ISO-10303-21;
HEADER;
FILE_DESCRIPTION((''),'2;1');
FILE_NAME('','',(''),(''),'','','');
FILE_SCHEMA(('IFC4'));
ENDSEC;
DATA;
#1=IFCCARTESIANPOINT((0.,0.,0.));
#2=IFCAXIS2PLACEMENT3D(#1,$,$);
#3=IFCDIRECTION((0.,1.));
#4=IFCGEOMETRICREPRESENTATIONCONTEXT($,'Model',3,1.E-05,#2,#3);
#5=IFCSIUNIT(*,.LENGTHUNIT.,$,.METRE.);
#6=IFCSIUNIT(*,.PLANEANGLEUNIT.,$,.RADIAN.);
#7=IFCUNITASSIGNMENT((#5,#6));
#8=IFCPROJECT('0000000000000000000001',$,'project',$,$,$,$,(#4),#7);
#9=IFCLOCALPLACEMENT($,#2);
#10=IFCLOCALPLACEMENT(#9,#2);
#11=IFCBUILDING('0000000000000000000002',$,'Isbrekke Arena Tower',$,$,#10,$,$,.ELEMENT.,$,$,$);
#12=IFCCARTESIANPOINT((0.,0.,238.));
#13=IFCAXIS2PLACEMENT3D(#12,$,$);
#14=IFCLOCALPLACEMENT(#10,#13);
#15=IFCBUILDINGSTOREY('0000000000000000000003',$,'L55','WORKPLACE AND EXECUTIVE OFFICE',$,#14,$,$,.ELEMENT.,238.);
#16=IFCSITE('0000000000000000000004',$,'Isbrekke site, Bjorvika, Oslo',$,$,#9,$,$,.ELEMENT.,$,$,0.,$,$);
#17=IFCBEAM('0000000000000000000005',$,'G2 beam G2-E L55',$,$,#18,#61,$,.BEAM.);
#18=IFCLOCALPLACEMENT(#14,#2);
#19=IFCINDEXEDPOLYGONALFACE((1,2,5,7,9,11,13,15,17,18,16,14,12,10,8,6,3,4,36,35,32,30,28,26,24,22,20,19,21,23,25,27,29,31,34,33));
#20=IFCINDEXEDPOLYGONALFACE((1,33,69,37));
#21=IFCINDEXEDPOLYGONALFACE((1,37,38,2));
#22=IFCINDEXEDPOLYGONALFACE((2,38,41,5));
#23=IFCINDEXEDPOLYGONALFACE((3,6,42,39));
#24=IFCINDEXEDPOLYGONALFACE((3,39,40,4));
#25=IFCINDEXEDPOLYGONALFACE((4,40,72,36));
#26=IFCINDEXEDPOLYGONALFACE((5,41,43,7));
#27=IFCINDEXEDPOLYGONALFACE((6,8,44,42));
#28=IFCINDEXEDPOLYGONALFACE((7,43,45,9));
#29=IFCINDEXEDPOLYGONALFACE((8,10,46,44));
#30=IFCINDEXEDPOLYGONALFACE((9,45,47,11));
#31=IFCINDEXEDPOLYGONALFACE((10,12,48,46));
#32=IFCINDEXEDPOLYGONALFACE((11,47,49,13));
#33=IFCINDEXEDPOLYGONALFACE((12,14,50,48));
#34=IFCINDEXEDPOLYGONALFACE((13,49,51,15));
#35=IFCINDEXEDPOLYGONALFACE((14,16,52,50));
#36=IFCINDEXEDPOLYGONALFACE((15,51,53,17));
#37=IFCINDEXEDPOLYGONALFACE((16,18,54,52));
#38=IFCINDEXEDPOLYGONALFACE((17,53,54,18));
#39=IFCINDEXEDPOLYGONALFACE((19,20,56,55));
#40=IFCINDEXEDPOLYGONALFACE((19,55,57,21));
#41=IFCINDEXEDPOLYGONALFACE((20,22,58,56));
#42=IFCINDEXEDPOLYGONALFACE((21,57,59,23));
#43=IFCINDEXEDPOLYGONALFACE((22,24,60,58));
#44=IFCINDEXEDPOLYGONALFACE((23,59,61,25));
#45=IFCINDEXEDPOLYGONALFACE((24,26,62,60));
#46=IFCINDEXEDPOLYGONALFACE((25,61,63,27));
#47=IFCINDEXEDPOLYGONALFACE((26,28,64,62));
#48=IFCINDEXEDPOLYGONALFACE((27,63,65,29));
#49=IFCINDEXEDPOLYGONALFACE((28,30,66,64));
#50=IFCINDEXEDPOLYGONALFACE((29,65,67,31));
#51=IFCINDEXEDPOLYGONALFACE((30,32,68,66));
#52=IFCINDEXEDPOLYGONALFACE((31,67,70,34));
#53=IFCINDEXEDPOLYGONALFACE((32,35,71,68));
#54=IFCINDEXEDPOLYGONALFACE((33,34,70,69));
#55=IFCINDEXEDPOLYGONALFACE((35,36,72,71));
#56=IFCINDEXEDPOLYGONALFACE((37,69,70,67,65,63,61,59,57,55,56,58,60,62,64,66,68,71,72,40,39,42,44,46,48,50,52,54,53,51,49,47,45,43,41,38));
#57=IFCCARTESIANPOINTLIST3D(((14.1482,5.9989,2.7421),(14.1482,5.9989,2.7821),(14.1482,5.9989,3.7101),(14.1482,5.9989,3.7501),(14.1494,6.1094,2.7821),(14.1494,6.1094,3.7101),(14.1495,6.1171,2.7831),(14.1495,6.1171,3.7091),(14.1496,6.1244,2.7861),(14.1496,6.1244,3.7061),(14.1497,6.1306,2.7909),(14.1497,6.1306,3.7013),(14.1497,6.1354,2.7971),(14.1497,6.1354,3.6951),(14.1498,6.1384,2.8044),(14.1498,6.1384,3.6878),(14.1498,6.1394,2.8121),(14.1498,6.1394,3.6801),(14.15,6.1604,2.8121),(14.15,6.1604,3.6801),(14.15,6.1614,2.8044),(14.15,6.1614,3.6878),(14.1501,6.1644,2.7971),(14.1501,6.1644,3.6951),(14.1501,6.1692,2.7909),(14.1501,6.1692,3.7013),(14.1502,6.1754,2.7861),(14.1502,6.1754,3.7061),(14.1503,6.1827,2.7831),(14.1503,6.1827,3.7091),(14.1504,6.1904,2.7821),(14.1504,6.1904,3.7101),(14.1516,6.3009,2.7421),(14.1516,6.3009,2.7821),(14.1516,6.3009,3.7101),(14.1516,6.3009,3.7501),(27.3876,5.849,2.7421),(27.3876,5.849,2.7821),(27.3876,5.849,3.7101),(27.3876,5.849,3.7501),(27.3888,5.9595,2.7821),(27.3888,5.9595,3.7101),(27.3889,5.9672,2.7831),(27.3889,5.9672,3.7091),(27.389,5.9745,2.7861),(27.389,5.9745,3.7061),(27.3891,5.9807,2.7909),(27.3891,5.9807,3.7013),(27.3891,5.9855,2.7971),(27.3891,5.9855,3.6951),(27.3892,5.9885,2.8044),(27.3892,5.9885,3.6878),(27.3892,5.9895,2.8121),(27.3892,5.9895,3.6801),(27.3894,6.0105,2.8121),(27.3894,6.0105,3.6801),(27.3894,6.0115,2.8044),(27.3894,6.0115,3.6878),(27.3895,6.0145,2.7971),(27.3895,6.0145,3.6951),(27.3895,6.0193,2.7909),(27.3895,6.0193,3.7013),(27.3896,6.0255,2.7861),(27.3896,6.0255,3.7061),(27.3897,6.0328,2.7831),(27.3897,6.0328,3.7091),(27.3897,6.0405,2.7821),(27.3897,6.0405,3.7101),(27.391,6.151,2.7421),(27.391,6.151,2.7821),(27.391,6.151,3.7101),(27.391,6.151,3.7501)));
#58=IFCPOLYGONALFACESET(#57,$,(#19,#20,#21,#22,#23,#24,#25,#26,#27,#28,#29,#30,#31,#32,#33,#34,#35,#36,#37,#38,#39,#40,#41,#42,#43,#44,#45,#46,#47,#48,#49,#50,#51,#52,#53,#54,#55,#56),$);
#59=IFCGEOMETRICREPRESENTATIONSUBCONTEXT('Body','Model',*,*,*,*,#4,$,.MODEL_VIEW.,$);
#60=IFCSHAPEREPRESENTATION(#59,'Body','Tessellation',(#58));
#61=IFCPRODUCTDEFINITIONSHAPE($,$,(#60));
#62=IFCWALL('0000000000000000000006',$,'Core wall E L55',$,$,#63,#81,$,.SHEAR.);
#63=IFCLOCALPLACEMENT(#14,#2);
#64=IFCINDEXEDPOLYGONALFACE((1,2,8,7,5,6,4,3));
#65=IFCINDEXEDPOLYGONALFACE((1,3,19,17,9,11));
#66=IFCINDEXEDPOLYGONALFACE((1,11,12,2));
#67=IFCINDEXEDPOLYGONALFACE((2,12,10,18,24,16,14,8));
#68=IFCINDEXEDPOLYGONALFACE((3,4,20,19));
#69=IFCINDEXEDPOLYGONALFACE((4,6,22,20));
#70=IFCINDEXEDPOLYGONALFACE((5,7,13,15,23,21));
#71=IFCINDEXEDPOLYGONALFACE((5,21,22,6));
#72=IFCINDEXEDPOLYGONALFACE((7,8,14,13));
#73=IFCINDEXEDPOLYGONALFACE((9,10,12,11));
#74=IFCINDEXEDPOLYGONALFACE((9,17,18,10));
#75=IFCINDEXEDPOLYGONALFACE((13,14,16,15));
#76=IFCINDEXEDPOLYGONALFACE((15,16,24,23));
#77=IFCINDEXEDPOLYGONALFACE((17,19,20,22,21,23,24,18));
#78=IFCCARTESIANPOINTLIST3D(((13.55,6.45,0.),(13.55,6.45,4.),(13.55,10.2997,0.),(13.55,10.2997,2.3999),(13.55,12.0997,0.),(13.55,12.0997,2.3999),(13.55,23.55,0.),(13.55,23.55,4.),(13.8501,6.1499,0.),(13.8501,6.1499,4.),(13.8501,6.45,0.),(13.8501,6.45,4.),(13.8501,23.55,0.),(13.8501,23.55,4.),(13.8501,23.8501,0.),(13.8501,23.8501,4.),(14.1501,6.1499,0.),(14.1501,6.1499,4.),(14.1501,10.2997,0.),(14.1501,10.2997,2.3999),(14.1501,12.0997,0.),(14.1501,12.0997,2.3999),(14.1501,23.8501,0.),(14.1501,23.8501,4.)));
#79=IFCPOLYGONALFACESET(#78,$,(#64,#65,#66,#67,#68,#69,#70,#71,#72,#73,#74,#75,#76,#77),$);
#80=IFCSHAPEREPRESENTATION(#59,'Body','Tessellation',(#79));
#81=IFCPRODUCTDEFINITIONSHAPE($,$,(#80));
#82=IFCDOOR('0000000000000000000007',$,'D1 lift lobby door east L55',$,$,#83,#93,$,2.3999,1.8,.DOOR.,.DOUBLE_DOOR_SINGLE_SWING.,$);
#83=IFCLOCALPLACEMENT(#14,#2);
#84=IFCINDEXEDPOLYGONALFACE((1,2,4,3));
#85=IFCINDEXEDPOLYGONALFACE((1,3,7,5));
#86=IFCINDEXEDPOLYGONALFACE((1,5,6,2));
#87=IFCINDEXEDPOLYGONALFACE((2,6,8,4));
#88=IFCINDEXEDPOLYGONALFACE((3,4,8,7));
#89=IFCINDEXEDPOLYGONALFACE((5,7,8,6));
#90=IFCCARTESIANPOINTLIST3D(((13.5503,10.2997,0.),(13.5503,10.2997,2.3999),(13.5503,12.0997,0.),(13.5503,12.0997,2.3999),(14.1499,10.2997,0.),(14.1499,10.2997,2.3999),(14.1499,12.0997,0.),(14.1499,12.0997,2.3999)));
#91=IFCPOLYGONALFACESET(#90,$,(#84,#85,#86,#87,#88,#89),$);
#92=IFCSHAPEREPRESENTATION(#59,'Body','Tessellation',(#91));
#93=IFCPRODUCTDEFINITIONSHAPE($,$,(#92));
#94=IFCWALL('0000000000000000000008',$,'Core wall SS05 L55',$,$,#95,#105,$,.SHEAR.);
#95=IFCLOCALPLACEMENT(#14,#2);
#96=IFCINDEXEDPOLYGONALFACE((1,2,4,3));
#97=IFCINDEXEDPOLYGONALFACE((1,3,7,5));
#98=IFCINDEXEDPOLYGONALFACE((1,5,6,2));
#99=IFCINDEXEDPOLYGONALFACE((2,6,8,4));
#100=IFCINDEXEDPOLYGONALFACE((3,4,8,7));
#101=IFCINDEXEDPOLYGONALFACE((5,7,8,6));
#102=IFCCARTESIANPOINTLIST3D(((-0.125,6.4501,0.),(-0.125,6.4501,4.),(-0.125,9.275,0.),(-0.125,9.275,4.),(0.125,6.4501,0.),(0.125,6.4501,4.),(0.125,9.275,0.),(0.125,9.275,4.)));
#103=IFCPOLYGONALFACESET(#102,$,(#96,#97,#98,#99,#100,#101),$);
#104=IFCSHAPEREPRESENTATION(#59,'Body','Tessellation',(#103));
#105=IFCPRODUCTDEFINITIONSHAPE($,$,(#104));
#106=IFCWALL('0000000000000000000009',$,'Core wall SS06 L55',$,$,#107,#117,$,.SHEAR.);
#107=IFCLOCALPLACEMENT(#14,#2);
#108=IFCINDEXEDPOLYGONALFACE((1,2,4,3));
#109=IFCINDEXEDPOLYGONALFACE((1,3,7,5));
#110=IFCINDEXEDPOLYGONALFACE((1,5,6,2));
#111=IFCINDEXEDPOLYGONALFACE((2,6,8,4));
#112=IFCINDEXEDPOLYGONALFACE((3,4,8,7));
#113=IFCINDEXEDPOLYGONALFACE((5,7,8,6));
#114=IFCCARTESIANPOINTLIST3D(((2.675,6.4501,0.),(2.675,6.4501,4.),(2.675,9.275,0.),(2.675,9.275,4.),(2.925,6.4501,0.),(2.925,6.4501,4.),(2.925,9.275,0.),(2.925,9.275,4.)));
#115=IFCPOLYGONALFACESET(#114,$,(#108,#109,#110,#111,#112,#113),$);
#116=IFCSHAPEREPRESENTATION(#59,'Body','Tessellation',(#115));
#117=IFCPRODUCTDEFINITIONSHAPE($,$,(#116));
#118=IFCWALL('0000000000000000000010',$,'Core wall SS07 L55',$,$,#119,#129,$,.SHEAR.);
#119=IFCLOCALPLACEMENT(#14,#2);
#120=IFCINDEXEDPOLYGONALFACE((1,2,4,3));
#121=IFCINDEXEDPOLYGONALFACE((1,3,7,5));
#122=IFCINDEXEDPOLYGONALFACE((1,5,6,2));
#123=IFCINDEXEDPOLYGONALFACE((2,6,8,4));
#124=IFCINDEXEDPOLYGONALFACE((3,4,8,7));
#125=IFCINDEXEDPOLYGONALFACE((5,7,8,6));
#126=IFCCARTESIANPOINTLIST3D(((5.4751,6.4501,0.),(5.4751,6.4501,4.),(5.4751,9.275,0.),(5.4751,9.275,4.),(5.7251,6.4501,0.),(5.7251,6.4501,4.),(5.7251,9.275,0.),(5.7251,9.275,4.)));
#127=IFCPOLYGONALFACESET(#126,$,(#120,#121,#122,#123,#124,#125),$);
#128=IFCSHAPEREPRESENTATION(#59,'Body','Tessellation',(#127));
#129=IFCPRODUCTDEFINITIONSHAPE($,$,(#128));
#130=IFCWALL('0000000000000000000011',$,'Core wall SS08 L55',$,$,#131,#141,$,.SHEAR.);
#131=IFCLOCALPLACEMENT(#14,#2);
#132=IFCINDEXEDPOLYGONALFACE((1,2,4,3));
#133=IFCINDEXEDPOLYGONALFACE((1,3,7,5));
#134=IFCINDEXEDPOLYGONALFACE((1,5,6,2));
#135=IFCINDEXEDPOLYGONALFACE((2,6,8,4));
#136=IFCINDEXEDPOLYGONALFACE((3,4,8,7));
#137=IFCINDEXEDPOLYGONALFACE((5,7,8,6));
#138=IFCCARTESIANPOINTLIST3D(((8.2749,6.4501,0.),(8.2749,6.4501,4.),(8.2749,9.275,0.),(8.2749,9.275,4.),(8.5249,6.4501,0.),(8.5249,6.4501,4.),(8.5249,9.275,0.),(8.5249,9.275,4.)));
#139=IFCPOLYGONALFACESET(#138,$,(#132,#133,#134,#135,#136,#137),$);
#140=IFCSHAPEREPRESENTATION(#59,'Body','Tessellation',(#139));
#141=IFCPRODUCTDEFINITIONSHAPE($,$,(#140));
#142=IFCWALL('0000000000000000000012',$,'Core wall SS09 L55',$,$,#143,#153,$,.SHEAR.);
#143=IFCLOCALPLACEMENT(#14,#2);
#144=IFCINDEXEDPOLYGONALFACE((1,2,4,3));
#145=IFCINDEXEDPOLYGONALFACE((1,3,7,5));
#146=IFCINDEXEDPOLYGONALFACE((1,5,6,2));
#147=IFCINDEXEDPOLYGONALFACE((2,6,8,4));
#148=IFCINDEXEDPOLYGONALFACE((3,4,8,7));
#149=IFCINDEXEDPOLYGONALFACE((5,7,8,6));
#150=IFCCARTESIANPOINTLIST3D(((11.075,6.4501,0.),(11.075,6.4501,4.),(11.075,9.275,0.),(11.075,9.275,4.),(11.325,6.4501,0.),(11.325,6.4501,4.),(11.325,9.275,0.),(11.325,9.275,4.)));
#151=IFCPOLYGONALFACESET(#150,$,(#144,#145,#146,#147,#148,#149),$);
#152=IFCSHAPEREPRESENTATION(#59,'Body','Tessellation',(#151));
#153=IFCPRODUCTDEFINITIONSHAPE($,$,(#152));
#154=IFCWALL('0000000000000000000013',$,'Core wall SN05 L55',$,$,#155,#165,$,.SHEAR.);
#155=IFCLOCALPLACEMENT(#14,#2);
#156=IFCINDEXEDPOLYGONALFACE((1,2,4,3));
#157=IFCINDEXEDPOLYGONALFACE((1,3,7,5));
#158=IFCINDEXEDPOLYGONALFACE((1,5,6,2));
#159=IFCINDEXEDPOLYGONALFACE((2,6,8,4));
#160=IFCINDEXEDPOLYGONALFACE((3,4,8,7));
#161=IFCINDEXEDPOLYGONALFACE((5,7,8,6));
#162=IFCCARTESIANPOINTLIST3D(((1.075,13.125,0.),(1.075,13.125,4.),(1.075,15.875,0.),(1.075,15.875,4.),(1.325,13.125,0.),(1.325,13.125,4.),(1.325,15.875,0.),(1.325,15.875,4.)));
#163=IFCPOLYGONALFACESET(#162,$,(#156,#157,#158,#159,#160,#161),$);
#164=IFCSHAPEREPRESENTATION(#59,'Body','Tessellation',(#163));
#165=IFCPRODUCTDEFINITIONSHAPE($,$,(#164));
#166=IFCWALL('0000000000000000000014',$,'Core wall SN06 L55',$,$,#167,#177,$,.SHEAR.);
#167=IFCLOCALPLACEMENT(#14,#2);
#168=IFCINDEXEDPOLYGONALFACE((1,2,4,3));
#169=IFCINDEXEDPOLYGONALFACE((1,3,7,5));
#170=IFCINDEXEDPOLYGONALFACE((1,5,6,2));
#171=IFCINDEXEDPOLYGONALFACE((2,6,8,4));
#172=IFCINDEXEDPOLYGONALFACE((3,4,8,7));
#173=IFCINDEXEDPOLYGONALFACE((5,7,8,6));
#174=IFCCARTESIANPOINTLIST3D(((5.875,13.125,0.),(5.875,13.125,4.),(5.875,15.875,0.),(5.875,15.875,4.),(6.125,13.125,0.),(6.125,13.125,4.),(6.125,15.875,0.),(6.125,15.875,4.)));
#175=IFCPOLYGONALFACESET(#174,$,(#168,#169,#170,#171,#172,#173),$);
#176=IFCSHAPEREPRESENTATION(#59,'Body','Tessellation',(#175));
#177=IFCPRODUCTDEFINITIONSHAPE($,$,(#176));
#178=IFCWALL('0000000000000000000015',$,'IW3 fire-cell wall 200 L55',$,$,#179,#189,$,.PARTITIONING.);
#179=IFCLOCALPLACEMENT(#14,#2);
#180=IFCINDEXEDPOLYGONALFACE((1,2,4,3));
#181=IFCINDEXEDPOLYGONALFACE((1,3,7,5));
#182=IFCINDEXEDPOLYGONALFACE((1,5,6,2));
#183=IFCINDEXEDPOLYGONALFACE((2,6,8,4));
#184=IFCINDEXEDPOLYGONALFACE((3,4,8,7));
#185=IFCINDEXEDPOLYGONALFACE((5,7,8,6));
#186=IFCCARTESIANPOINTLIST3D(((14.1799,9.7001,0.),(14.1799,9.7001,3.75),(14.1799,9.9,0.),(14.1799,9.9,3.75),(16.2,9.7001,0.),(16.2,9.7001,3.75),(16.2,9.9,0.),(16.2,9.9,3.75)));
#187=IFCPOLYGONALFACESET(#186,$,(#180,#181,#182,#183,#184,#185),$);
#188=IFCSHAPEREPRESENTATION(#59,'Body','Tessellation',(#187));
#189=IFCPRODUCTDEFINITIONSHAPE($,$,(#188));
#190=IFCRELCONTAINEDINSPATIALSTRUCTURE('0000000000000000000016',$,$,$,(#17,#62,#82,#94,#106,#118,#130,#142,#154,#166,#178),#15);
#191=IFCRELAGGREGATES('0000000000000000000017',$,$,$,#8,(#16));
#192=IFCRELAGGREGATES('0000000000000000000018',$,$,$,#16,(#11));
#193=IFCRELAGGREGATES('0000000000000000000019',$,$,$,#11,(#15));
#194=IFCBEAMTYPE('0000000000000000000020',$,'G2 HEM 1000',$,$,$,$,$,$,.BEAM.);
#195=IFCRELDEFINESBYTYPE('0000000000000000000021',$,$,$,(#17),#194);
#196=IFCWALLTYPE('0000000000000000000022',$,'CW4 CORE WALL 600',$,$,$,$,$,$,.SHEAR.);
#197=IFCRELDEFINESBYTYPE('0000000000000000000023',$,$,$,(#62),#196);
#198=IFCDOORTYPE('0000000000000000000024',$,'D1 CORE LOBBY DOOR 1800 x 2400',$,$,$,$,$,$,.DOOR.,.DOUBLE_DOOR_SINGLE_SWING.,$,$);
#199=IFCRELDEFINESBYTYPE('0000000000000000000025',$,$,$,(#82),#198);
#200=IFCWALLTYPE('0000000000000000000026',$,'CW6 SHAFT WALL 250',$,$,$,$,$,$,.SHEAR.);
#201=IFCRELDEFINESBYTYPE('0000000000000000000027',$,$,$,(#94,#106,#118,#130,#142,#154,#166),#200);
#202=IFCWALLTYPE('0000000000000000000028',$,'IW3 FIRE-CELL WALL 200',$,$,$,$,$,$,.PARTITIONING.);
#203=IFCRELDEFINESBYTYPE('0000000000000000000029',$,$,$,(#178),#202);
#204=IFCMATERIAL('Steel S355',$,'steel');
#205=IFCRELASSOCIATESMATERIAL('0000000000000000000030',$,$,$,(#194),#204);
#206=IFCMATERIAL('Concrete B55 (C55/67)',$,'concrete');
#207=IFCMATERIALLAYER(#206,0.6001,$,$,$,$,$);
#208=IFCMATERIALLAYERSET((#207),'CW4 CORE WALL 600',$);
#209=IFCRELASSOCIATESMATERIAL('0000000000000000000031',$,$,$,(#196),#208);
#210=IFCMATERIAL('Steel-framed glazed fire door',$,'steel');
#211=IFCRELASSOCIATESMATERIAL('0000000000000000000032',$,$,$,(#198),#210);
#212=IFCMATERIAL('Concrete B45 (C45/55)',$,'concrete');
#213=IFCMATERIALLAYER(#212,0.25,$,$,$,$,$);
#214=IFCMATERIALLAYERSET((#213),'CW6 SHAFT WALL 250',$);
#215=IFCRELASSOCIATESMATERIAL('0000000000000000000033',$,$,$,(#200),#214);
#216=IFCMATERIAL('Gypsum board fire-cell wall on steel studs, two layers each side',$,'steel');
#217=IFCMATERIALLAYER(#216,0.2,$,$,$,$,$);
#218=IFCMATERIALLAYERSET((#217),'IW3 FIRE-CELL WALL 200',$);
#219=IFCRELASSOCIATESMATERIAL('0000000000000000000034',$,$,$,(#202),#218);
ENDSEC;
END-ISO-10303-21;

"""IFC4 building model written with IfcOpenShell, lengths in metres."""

from ifc_helpers import new_model, si_unit, direction, frame, frame_2d, origin, origin_2d, place, context, subcontext, project, spatial, polyline, rectangle, i_section, outline, extrude, material, layer, layer_set, material_profile, profile_set, type_object, element, fill, save


model = new_model("IFC4")

# Units and contexts
model_context = context("Model", 3, precision=1e-05, world=origin(), true_north=direction((0.0, 1.0)))
body_context = subcontext(model_context, "Body", "Model", "MODEL_VIEW")
ifc_project = project(units=[si_unit("LENGTHUNIT", "METRE"), si_unit("PLANEANGLEUNIT", "RADIAN")], contexts=[model_context])

# Site, building, storey
site_placement = place(None, origin())
site = spatial("IfcSite", under=ifc_project, at=site_placement, Name="Isbrekke site, Bjorvika, Oslo", CompositionType="ELEMENT", RefElevation=0.0)
building_placement = place(site_placement, origin())
building = spatial("IfcBuilding", under=site, at=building_placement, Name="Isbrekke Arena Tower", CompositionType="ELEMENT")
storey_placement = place(building_placement, frame((0.0, 0.0, 238.0)))
storey = spatial("IfcBuildingStorey", under=building, at=storey_placement, Name="L55", Description="WORKPLACE AND EXECUTIVE OFFICE", CompositionType="ELEMENT", Elevation=238.0)

# Beam
ifc_material_1 = material(Name="Steel S355", Category="steel")
ifc_material_profile = material_profile(ifc_material_1, i_section(OverallWidth=0.302, OverallDepth=1.0081, WebThickness=0.021, FlangeThickness=0.04, FilletRadius=0.03, at=origin_2d()), Name="HEM 1000")
ifc_profile_set = profile_set([ifc_material_profile], Name="Steel S355")
beam_type = type_object("IfcBeamType", Name="G2 HEM 1000", PredefinedType="BEAM", material=ifc_profile_set)
beam_placement = place(storey_placement, frame((14.1499, 6.1499, 3.2461), z_axis=(0.999936, -0.011322, 0.0), x_axis=(0.011322, 0.999936, 0.0)))
element("IfcBeam", 1, at=beam_placement, inside=storey, type_object=beam_type, Name="G2 beam G2-E L55", PredefinedType="BEAM", context=body_context, shape_type="SweptSolid", body=[
    extrude(i_section(OverallWidth=0.302, OverallDepth=1.0081, WebThickness=0.021, FlangeThickness=0.04, FilletRadius=0.03, at=origin_2d()), origin(), (0.0, 0.0, 1.0), 13.2402),
])

# Wall, opening, door
ifc_material_2 = material(Name="Concrete B55 (C55/67)", Category="concrete")
ifc_layer_1 = layer(ifc_material_2, 0.6001)
ifc_layer_set_1 = layer_set([ifc_layer_1], Name="CW4 CORE WALL 600")
wall_type_1 = type_object("IfcWallType", Name="CW4 CORE WALL 600", PredefinedType="SHEAR", material=ifc_layer_set_1)
wall_1_placement = place(storey_placement, frame((13.8501, 6.1499, 0.0), z_axis=(0.0, 0.0, 1.0), x_axis=(0.0, 1.0, 0.0)))
wall_1 = element("IfcWall", 2, at=wall_1_placement, inside=storey, type_object=wall_type_1, Name="Core wall E L55", PredefinedType="SHEAR", context=body_context, shape_type="SweptSolid", body=[
    extrude(outline(polyline([(0.0, -0.3), (17.7002, -0.3), (17.7002, 0.0), (17.4001, 0.0), (17.4001, 0.3), (0.3, 0.3), (0.3, 0.0), (0.0, 0.0), (0.0, -0.3)])), origin(), (0.0, 0.0, 1.0), 4.0),
])
opening_1_placement = place(wall_1_placement, frame((4.1499, 0.0, 0.0)))
opening_1 = element("IfcOpeningElement", 3, at=opening_1_placement, cuts=wall_1, PredefinedType="OPENING", context=body_context, shape_type="SweptSolid", body=[
    extrude(rectangle(XDim=1.8, YDim=2.3999, at=frame_2d((0.8999, 1.2))), frame((0.0, 0.3149, 0.0), z_axis=(0.0, -1.0, 0.0), x_axis=(1.0, 0.0, 0.0)), (0.0, 0.0, 1.0), 0.6299),
])
ifc_material_3 = material(Name="Steel-framed glazed fire door", Category="steel")
door_type_1 = type_object("IfcDoorType", Name="D1 CORE LOBBY DOOR 1800 x 2400", OperationType="DOUBLE_DOOR_SINGLE_SWING", PredefinedType="DOOR", material=ifc_material_3)
door_1_placement = place(opening_1_placement, origin())
door_1 = element("IfcDoor", 4, at=door_1_placement, inside=storey, type_object=door_type_1, Name="D1 lift lobby door east L55", OperationType="DOUBLE_DOOR_SINGLE_SWING", OverallHeight=2.3999, OverallWidth=1.8, PredefinedType="DOOR", context=body_context, shape_type="SweptSolid", body=[
    extrude(rectangle(XDim=1.8, YDim=2.3999, at=frame_2d((0.8999, 1.2))), frame((0.0, 0.2998, 0.0), z_axis=(0.0, -1.0, 0.0), x_axis=(1.0, 0.0, 0.0)), (0.0, 0.0, 1.0), 0.5996),
])
fill(opening_1, door_1)

# Walls
ifc_material_4 = material(Name="Concrete B45 (C45/55)", Category="concrete")
ifc_layer_2 = layer(ifc_material_4, 0.25)
ifc_layer_set_2 = layer_set([ifc_layer_2], Name="CW6 SHAFT WALL 250")
wall_type_2 = type_object("IfcWallType", Name="CW6 SHAFT WALL 250", PredefinedType="SHEAR", material=ifc_layer_set_2)
for number, where, z_axis, x_axis, name in (
    (5, (0.0, 6.45, 0.0), (0.0, 0.0, 1.0), (0.0, 1.0, 0.0), "Core wall SS05 L55"),
    (6, (2.8, 6.45, 0.0), (0.0, 0.0, 1.0), (0.0, 1.0, 0.0), "Core wall SS06 L55"),
    (7, (5.6001, 6.45, 0.0), (0.0, 0.0, 1.0), (0.0, 1.0, 0.0), "Core wall SS07 L55"),
    (8, (8.3999, 6.45, 0.0), (0.0, 0.0, 1.0), (0.0, 1.0, 0.0), "Core wall SS08 L55"),
    (9, (11.2, 6.45, 0.0), (0.0, 0.0, 1.0), (0.0, 1.0, 0.0), "Core wall SS09 L55"),
):
    element("IfcWall", number, at=place(storey_placement, frame(where, z_axis=z_axis, x_axis=x_axis)), inside=storey, type_object=wall_type_2, Name=name, PredefinedType="SHEAR", context=body_context, shape_type="SweptSolid", body=[
        extrude(rectangle(XDim=2.825, YDim=0.25, at=frame_2d((1.4126, 0.0))), origin(), (0.0, 0.0, 1.0), 4.0),
    ])
for number, where, z_axis, x_axis, name in (
    (10, (1.2, 13.125, 0.0), (0.0, 0.0, 1.0), (0.0, 1.0, 0.0), "Core wall SN05 L55"),
    (11, (6.0, 13.125, 0.0), (0.0, 0.0, 1.0), (0.0, 1.0, 0.0), "Core wall SN06 L55"),
):
    element("IfcWall", number, at=place(storey_placement, frame(where, z_axis=z_axis, x_axis=x_axis)), inside=storey, type_object=wall_type_2, Name=name, PredefinedType="SHEAR", context=body_context, shape_type="SweptSolid", body=[
        extrude(rectangle(XDim=2.75, YDim=0.25, at=frame_2d((1.375, 0.0))), origin(), (0.0, 0.0, 1.0), 4.0),
    ])
ifc_material_5 = material(Name="Gypsum board fire-cell wall on steel studs, two layers each side", Category="steel")
ifc_layer_3 = layer(ifc_material_5, 0.2)
ifc_layer_set_3 = layer_set([ifc_layer_3], Name="IW3 FIRE-CELL WALL 200")
wall_type_3 = type_object("IfcWallType", Name="IW3 FIRE-CELL WALL 200", PredefinedType="PARTITIONING", material=ifc_layer_set_3)
wall_2_placement = place(storey_placement, frame((14.1799, 9.8, 0.0), z_axis=(0.0, 0.0, 1.0), x_axis=(1.0, 0.0, 0.0)))
element("IfcWall", 12, at=wall_2_placement, inside=storey, type_object=wall_type_3, Name="IW3 fire-cell wall 200 L55", PredefinedType="PARTITIONING", context=body_context, shape_type="SweptSolid", body=[
    extrude(rectangle(XDim=2.02, YDim=0.2, at=frame_2d((1.01, 0.0))), origin(), (0.0, 0.0, 1.0), 3.75),
])

save(model, "model.ifc")
